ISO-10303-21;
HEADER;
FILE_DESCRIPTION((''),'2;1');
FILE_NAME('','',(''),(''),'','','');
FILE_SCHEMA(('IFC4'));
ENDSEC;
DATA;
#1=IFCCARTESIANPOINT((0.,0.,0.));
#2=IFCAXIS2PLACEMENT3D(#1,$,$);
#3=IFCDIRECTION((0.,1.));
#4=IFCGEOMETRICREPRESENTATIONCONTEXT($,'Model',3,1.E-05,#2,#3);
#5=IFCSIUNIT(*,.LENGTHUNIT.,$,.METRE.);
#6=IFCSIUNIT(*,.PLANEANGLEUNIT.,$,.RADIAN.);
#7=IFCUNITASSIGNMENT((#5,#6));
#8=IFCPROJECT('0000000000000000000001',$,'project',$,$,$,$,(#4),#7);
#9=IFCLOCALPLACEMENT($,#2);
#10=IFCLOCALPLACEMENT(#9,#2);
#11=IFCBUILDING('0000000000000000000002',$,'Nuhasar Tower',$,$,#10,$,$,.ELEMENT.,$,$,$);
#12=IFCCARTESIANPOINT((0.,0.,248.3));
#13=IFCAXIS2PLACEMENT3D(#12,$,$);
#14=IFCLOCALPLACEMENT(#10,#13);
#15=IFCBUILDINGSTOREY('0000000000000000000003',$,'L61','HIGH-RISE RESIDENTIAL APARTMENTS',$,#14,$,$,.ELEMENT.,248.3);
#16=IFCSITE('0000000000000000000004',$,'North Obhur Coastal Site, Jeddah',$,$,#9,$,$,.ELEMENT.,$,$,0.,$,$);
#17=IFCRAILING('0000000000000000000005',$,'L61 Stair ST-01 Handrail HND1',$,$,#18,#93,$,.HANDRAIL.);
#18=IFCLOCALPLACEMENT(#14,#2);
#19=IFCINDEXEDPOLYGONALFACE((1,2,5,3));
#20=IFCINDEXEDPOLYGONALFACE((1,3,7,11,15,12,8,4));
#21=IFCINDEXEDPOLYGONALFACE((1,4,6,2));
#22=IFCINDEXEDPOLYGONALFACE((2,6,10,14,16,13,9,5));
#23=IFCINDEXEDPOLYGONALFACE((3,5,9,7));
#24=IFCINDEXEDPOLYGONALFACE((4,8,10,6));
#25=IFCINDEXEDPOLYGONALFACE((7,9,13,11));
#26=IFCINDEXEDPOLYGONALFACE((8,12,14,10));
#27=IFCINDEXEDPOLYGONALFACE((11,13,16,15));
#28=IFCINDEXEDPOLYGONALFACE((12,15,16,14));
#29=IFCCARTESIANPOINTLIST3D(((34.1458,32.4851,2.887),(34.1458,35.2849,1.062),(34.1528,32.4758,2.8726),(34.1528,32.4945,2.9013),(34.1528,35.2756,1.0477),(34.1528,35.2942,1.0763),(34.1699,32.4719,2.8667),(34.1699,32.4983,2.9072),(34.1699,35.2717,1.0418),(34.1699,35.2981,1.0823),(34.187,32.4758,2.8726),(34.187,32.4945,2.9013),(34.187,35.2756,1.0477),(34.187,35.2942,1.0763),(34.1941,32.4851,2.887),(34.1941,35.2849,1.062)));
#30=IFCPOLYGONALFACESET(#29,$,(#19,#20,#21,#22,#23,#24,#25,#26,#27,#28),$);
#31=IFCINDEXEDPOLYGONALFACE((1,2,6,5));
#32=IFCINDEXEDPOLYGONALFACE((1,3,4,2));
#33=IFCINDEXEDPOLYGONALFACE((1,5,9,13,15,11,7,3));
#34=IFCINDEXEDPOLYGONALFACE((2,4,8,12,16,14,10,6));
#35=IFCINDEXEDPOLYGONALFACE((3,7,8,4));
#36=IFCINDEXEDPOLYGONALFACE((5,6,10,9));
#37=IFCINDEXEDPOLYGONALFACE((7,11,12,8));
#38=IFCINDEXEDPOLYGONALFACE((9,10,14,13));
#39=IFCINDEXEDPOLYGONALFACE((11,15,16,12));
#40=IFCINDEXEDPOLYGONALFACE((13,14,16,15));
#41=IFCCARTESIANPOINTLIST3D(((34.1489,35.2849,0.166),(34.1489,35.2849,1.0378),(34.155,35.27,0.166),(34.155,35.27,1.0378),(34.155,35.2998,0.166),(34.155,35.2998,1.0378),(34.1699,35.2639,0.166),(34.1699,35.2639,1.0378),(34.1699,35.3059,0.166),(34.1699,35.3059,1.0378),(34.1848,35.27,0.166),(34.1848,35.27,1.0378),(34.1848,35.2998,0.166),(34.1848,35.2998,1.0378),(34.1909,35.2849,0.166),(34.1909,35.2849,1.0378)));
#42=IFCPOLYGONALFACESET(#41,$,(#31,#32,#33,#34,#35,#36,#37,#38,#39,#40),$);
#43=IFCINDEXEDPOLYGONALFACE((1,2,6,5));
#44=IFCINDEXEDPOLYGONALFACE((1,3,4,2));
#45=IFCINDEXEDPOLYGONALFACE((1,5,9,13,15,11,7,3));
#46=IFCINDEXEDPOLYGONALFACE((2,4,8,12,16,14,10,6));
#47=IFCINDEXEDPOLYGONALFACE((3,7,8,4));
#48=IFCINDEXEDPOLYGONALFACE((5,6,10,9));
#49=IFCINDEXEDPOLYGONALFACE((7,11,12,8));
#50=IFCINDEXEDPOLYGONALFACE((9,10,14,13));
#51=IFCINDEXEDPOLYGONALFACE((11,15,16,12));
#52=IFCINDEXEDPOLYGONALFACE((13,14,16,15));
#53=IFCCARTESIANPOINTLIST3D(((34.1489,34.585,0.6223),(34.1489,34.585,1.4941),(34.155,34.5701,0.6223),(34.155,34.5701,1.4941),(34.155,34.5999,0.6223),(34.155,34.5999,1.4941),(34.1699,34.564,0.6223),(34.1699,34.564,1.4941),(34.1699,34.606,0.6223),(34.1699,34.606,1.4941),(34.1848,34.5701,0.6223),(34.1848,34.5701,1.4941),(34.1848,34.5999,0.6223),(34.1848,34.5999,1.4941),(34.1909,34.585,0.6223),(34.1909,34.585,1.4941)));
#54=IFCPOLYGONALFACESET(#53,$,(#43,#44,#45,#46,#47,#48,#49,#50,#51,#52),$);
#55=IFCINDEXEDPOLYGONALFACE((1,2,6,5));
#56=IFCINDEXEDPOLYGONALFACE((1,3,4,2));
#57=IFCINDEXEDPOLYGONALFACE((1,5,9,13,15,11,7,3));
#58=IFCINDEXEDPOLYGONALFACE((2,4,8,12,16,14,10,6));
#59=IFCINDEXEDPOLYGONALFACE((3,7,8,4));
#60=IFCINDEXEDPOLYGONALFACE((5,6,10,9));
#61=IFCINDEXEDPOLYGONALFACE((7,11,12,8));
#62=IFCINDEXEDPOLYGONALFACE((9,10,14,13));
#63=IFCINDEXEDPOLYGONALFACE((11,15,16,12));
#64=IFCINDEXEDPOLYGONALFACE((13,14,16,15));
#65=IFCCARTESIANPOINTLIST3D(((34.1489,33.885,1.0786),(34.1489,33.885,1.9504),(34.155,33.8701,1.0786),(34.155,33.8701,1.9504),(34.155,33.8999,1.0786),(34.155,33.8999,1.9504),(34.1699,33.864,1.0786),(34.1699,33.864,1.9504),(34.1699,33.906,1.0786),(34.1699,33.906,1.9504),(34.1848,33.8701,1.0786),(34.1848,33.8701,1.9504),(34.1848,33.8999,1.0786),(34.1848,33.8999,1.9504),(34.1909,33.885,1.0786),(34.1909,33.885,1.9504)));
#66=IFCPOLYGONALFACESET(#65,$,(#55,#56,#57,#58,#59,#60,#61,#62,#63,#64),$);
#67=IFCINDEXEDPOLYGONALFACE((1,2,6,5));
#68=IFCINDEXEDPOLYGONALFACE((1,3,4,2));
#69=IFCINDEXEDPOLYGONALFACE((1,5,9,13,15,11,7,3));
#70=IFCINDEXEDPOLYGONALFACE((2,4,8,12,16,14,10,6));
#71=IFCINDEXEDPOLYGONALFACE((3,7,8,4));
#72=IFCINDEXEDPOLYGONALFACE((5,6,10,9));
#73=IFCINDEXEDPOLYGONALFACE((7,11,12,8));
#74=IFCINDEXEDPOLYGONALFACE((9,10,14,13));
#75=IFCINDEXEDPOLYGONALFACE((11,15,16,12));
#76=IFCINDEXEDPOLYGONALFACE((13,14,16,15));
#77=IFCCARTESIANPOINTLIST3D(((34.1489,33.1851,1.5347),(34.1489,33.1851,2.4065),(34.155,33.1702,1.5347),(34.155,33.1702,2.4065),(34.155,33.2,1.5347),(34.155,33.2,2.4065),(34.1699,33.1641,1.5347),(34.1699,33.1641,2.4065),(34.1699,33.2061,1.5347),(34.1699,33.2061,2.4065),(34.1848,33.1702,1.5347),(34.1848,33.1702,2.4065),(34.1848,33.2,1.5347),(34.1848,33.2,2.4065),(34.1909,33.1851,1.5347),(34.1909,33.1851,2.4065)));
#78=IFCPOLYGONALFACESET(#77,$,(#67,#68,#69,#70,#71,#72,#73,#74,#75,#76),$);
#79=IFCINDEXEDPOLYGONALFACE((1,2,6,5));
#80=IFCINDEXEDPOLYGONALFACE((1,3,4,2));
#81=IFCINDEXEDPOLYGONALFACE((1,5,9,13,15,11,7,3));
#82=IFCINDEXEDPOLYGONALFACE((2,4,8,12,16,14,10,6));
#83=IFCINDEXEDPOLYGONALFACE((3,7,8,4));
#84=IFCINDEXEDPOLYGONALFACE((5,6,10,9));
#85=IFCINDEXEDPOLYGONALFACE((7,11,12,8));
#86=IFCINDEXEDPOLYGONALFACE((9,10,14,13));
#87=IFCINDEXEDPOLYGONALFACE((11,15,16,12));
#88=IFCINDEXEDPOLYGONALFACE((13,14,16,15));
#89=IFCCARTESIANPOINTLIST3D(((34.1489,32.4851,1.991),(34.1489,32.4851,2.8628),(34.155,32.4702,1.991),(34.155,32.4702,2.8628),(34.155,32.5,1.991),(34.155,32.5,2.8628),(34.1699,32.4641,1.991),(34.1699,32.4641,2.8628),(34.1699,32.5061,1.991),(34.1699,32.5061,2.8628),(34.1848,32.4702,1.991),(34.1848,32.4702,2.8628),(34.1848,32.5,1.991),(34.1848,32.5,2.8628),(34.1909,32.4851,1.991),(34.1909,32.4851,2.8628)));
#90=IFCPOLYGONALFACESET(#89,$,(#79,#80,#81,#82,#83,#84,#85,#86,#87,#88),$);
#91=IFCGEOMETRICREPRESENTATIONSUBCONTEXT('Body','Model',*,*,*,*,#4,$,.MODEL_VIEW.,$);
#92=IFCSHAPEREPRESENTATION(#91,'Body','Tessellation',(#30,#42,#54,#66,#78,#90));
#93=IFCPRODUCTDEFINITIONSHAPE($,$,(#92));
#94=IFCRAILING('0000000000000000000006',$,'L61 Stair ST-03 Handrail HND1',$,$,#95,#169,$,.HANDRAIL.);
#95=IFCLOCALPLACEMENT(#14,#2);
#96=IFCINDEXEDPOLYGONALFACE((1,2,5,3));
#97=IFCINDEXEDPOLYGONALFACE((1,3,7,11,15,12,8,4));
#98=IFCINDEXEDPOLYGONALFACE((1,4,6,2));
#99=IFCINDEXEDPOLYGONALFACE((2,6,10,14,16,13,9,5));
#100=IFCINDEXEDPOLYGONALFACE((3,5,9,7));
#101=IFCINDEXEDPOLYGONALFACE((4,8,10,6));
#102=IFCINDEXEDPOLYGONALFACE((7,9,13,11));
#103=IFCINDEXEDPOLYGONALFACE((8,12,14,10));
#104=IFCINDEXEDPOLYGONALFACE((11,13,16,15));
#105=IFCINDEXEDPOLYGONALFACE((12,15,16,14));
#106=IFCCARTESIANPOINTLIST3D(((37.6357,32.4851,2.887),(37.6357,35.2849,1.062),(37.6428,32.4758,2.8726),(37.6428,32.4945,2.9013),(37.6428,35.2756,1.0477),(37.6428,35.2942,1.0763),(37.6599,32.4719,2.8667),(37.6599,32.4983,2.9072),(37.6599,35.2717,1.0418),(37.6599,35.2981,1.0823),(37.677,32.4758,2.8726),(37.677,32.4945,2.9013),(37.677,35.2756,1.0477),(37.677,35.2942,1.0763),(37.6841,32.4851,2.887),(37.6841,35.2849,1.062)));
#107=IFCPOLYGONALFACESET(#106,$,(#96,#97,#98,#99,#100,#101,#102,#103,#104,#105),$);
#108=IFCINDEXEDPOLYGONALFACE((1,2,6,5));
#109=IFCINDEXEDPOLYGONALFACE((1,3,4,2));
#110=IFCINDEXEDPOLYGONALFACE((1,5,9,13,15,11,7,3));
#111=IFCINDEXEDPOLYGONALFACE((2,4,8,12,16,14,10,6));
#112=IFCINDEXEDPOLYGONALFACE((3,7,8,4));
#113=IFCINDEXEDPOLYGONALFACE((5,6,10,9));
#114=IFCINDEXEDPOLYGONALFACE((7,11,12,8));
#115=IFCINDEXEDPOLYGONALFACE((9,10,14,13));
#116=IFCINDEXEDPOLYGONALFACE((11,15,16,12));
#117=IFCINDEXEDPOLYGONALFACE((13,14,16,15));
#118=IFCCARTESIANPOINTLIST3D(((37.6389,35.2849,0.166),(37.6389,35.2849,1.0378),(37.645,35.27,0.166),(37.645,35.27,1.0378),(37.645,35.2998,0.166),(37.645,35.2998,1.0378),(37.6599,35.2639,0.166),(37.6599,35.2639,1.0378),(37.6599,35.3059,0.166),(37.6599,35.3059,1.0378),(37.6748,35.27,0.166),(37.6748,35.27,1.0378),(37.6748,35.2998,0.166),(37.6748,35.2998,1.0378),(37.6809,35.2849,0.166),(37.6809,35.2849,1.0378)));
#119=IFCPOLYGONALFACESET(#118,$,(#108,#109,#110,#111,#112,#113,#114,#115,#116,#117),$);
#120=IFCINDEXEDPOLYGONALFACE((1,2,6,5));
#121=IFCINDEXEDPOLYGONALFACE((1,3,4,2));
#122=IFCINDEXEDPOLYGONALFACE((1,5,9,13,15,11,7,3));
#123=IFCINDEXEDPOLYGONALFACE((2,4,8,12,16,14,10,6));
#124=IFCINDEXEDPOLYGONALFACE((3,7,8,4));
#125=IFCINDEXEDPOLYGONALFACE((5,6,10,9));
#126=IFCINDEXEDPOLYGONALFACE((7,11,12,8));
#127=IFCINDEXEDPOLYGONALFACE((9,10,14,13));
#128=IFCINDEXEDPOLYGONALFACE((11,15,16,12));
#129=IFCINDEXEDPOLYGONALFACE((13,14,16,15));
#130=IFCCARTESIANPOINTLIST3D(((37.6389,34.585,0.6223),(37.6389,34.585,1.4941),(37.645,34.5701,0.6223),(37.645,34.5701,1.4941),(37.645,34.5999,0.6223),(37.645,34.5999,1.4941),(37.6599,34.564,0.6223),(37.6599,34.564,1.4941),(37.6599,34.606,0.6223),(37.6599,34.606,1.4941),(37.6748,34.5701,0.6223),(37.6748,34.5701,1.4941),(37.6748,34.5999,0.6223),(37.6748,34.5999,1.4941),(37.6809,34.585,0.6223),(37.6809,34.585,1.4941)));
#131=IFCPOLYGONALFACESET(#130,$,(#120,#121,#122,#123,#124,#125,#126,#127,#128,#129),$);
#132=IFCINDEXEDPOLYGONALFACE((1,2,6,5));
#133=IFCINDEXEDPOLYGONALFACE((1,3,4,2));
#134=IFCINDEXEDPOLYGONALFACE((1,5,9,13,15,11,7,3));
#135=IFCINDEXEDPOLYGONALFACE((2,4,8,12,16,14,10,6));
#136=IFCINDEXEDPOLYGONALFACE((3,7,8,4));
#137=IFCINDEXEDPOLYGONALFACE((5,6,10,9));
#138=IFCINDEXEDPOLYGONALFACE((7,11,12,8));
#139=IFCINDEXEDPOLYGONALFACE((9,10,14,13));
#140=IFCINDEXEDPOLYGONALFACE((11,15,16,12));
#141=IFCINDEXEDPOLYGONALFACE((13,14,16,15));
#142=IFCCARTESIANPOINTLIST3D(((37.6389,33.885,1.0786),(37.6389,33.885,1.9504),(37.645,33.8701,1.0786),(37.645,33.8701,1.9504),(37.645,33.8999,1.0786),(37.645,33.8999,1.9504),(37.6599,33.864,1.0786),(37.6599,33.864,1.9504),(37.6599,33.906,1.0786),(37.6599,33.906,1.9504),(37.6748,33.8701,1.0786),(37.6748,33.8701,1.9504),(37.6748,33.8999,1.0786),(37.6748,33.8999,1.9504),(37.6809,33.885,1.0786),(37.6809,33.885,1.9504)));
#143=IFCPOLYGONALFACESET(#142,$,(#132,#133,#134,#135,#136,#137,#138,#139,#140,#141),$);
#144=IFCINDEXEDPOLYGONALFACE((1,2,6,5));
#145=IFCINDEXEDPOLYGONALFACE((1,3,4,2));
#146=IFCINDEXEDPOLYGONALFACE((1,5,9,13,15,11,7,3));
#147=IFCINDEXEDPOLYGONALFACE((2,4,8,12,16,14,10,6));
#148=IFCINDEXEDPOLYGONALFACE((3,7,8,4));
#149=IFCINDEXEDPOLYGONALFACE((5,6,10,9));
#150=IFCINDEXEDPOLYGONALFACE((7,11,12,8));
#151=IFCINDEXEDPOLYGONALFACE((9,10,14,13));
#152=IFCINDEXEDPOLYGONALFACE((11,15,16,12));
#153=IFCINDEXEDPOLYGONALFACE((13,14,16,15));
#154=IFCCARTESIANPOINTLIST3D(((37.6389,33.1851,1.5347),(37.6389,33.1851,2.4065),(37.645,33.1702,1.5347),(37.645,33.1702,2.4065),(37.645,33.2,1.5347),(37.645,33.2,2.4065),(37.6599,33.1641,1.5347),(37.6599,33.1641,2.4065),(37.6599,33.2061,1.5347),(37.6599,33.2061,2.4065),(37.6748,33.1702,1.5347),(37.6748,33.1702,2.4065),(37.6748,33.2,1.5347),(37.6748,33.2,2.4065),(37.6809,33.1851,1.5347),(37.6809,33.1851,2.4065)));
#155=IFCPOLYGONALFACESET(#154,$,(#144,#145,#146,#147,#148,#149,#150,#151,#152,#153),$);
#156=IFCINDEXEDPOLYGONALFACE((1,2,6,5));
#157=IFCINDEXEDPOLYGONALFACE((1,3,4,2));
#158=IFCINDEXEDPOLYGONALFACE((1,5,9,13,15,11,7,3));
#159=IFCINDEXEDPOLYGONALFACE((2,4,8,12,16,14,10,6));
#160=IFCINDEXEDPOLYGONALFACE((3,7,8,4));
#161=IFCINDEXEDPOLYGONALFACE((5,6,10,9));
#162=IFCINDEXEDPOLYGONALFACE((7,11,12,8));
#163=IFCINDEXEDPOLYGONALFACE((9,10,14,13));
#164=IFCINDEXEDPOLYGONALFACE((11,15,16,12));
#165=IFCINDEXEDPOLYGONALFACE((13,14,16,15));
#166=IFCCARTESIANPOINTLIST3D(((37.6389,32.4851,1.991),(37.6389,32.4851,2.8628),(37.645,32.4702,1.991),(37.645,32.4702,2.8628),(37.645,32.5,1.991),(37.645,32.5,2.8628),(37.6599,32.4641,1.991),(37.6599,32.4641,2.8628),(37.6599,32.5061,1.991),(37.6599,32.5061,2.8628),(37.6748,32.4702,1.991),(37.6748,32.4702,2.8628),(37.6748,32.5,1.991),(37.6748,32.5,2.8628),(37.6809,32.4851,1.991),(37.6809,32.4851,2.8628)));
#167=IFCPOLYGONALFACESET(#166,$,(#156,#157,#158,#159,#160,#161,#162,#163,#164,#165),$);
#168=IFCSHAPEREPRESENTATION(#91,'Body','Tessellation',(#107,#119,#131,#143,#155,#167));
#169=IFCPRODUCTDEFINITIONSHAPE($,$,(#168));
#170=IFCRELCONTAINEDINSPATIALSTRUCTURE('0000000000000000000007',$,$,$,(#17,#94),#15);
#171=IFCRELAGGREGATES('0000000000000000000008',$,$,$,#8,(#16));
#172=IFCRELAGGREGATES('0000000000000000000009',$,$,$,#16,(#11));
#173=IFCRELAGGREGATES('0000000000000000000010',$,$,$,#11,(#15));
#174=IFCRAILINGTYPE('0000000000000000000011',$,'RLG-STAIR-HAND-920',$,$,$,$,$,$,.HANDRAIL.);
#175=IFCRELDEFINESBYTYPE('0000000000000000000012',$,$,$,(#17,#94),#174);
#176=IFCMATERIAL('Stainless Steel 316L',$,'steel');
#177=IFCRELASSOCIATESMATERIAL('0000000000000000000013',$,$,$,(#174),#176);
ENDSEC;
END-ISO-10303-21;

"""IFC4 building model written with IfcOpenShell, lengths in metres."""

from ifc_helpers import new_model, si_unit, direction, frame, origin, place, context, subcontext, project, spatial, polyline, outline, extrude, material, type_object, element, save


model = new_model("IFC4")

# Units and contexts
model_context = context("Model", 3, precision=1e-05, world=origin(), true_north=direction((0.0, 1.0)))
body_context = subcontext(model_context, "Body", "Model", "MODEL_VIEW")
ifc_project = project(units=[si_unit("LENGTHUNIT", "METRE"), si_unit("PLANEANGLEUNIT", "RADIAN")], contexts=[model_context])

# Site, building, storey
site_placement = place(None, origin())
site = spatial("IfcSite", under=ifc_project, at=site_placement, Name="North Obhur Coastal Site, Jeddah", CompositionType="ELEMENT", RefElevation=0.0)
building_placement = place(site_placement, origin())
building = spatial("IfcBuilding", under=site, at=building_placement, Name="Nuhasar Tower", CompositionType="ELEMENT")
storey_placement = place(building_placement, frame((0.0, 0.0, 248.3)))
storey = spatial("IfcBuildingStorey", under=building, at=storey_placement, Name="L61", Description="HIGH-RISE RESIDENTIAL APARTMENTS", CompositionType="ELEMENT", Elevation=248.3)

# Railings
ifc_material_1 = material(Name="Stainless Steel 316L", Category="steel")
railing_type_1 = type_object("IfcRailingType", Name="RLG-STAIR-HAND-920", PredefinedType="HANDRAIL", material=ifc_material_1)
railing_1_placement = place(storey_placement, frame((34.1699, 35.2849, 0.166)))
element("IfcRailing", 1, at=railing_1_placement, inside=storey, type_object=railing_type_1, Name="L61 Stair ST-01 Handrail HND1", PredefinedType="HANDRAIL", context=body_context, shape_type="SweptSolid", body=[
    extrude(outline(polyline([(0.0242, 0.0), (0.0171, 0.0171), (0.0, 0.0242), (-0.0171, 0.0171), (-0.0242, 0.0), (-0.0171, -0.0171), (0.0, -0.0242), (0.0171, -0.0171), (0.0242, 0.0)])), frame((0.0, 0.0, 0.896), z_axis=(0.0, -0.837749, 0.546056), x_axis=(1.0, 0.0, 0.0)), (0.0, 0.0, 1.0), 3.342),
    extrude(outline(polyline([(0.021, 0.0), (0.0149, 0.0149), (0.0, 0.021), (-0.0149, 0.0149), (-0.021, 0.0), (-0.0149, -0.0149), (0.0, -0.021), (0.0149, -0.0149), (0.021, 0.0)])), origin(), (0.0, 0.0, 1.0), 0.8718),
    extrude(outline(polyline([(0.021, 0.0), (0.0149, 0.0149), (0.0, 0.021), (-0.0149, 0.0149), (-0.021, 0.0), (-0.0149, -0.0149), (0.0, -0.021), (0.0149, -0.0149), (0.021, 0.0)])), frame((0.0, -0.7, 0.4563)), (0.0, 0.0, 1.0), 0.8718),
    extrude(outline(polyline([(0.021, 0.0), (0.0149, 0.0149), (0.0, 0.021), (-0.0149, 0.0149), (-0.021, 0.0), (-0.0149, -0.0149), (0.0, -0.021), (0.0149, -0.0149), (0.021, 0.0)])), frame((0.0, -1.3999, 0.9126)), (0.0, 0.0, 1.0), 0.8718),
    extrude(outline(polyline([(0.021, 0.0), (0.0149, 0.0149), (0.0, 0.021), (-0.0149, 0.0149), (-0.021, 0.0), (-0.0149, -0.0149), (0.0, -0.021), (0.0149, -0.0149), (0.021, 0.0)])), frame((0.0, -2.0999, 1.3687)), (0.0, 0.0, 1.0), 0.8718),
    extrude(outline(polyline([(0.021, 0.0), (0.0149, 0.0149), (0.0, 0.021), (-0.0149, 0.0149), (-0.021, 0.0), (-0.0149, -0.0149), (0.0, -0.021), (0.0149, -0.0149), (0.021, 0.0)])), frame((0.0, -2.7998, 1.825)), (0.0, 0.0, 1.0), 0.8718),
])
railing_2_placement = place(storey_placement, frame((37.6599, 35.2849, 0.166)))
element("IfcRailing", 2, at=railing_2_placement, inside=storey, type_object=railing_type_1, Name="L61 Stair ST-03 Handrail HND1", PredefinedType="HANDRAIL", context=body_context, shape_type="SweptSolid", body=[
    extrude(outline(polyline([(0.0242, 0.0), (0.0171, 0.0171), (0.0, 0.0242), (-0.0171, 0.0171), (-0.0242, 0.0), (-0.0171, -0.0171), (0.0, -0.0242), (0.0171, -0.0171), (0.0242, 0.0)])), frame((0.0, 0.0, 0.896), z_axis=(0.0, -0.837749, 0.546056), x_axis=(1.0, 0.0, 0.0)), (0.0, 0.0, 1.0), 3.342),
    extrude(outline(polyline([(0.021, 0.0), (0.0149, 0.0149), (0.0, 0.021), (-0.0149, 0.0149), (-0.021, 0.0), (-0.0149, -0.0149), (0.0, -0.021), (0.0149, -0.0149), (0.021, 0.0)])), origin(), (0.0, 0.0, 1.0), 0.8718),
    extrude(outline(polyline([(0.021, 0.0), (0.0149, 0.0149), (0.0, 0.021), (-0.0149, 0.0149), (-0.021, 0.0), (-0.0149, -0.0149), (0.0, -0.021), (0.0149, -0.0149), (0.021, 0.0)])), frame((0.0, -0.7, 0.4563)), (0.0, 0.0, 1.0), 0.8718),
    extrude(outline(polyline([(0.021, 0.0), (0.0149, 0.0149), (0.0, 0.021), (-0.0149, 0.0149), (-0.021, 0.0), (-0.0149, -0.0149), (0.0, -0.021), (0.0149, -0.0149), (0.021, 0.0)])), frame((0.0, -1.3999, 0.9126)), (0.0, 0.0, 1.0), 0.8718),
    extrude(outline(polyline([(0.021, 0.0), (0.0149, 0.0149), (0.0, 0.021), (-0.0149, 0.0149), (-0.021, 0.0), (-0.0149, -0.0149), (0.0, -0.021), (0.0149, -0.0149), (0.021, 0.0)])), frame((0.0, -2.0999, 1.3687)), (0.0, 0.0, 1.0), 0.8718),
    extrude(outline(polyline([(0.021, 0.0), (0.0149, 0.0149), (0.0, 0.021), (-0.0149, 0.0149), (-0.021, 0.0), (-0.0149, -0.0149), (0.0, -0.021), (0.0149, -0.0149), (0.021, 0.0)])), frame((0.0, -2.7998, 1.825)), (0.0, 0.0, 1.0), 0.8718),
])

save(model, "model.ifc")
